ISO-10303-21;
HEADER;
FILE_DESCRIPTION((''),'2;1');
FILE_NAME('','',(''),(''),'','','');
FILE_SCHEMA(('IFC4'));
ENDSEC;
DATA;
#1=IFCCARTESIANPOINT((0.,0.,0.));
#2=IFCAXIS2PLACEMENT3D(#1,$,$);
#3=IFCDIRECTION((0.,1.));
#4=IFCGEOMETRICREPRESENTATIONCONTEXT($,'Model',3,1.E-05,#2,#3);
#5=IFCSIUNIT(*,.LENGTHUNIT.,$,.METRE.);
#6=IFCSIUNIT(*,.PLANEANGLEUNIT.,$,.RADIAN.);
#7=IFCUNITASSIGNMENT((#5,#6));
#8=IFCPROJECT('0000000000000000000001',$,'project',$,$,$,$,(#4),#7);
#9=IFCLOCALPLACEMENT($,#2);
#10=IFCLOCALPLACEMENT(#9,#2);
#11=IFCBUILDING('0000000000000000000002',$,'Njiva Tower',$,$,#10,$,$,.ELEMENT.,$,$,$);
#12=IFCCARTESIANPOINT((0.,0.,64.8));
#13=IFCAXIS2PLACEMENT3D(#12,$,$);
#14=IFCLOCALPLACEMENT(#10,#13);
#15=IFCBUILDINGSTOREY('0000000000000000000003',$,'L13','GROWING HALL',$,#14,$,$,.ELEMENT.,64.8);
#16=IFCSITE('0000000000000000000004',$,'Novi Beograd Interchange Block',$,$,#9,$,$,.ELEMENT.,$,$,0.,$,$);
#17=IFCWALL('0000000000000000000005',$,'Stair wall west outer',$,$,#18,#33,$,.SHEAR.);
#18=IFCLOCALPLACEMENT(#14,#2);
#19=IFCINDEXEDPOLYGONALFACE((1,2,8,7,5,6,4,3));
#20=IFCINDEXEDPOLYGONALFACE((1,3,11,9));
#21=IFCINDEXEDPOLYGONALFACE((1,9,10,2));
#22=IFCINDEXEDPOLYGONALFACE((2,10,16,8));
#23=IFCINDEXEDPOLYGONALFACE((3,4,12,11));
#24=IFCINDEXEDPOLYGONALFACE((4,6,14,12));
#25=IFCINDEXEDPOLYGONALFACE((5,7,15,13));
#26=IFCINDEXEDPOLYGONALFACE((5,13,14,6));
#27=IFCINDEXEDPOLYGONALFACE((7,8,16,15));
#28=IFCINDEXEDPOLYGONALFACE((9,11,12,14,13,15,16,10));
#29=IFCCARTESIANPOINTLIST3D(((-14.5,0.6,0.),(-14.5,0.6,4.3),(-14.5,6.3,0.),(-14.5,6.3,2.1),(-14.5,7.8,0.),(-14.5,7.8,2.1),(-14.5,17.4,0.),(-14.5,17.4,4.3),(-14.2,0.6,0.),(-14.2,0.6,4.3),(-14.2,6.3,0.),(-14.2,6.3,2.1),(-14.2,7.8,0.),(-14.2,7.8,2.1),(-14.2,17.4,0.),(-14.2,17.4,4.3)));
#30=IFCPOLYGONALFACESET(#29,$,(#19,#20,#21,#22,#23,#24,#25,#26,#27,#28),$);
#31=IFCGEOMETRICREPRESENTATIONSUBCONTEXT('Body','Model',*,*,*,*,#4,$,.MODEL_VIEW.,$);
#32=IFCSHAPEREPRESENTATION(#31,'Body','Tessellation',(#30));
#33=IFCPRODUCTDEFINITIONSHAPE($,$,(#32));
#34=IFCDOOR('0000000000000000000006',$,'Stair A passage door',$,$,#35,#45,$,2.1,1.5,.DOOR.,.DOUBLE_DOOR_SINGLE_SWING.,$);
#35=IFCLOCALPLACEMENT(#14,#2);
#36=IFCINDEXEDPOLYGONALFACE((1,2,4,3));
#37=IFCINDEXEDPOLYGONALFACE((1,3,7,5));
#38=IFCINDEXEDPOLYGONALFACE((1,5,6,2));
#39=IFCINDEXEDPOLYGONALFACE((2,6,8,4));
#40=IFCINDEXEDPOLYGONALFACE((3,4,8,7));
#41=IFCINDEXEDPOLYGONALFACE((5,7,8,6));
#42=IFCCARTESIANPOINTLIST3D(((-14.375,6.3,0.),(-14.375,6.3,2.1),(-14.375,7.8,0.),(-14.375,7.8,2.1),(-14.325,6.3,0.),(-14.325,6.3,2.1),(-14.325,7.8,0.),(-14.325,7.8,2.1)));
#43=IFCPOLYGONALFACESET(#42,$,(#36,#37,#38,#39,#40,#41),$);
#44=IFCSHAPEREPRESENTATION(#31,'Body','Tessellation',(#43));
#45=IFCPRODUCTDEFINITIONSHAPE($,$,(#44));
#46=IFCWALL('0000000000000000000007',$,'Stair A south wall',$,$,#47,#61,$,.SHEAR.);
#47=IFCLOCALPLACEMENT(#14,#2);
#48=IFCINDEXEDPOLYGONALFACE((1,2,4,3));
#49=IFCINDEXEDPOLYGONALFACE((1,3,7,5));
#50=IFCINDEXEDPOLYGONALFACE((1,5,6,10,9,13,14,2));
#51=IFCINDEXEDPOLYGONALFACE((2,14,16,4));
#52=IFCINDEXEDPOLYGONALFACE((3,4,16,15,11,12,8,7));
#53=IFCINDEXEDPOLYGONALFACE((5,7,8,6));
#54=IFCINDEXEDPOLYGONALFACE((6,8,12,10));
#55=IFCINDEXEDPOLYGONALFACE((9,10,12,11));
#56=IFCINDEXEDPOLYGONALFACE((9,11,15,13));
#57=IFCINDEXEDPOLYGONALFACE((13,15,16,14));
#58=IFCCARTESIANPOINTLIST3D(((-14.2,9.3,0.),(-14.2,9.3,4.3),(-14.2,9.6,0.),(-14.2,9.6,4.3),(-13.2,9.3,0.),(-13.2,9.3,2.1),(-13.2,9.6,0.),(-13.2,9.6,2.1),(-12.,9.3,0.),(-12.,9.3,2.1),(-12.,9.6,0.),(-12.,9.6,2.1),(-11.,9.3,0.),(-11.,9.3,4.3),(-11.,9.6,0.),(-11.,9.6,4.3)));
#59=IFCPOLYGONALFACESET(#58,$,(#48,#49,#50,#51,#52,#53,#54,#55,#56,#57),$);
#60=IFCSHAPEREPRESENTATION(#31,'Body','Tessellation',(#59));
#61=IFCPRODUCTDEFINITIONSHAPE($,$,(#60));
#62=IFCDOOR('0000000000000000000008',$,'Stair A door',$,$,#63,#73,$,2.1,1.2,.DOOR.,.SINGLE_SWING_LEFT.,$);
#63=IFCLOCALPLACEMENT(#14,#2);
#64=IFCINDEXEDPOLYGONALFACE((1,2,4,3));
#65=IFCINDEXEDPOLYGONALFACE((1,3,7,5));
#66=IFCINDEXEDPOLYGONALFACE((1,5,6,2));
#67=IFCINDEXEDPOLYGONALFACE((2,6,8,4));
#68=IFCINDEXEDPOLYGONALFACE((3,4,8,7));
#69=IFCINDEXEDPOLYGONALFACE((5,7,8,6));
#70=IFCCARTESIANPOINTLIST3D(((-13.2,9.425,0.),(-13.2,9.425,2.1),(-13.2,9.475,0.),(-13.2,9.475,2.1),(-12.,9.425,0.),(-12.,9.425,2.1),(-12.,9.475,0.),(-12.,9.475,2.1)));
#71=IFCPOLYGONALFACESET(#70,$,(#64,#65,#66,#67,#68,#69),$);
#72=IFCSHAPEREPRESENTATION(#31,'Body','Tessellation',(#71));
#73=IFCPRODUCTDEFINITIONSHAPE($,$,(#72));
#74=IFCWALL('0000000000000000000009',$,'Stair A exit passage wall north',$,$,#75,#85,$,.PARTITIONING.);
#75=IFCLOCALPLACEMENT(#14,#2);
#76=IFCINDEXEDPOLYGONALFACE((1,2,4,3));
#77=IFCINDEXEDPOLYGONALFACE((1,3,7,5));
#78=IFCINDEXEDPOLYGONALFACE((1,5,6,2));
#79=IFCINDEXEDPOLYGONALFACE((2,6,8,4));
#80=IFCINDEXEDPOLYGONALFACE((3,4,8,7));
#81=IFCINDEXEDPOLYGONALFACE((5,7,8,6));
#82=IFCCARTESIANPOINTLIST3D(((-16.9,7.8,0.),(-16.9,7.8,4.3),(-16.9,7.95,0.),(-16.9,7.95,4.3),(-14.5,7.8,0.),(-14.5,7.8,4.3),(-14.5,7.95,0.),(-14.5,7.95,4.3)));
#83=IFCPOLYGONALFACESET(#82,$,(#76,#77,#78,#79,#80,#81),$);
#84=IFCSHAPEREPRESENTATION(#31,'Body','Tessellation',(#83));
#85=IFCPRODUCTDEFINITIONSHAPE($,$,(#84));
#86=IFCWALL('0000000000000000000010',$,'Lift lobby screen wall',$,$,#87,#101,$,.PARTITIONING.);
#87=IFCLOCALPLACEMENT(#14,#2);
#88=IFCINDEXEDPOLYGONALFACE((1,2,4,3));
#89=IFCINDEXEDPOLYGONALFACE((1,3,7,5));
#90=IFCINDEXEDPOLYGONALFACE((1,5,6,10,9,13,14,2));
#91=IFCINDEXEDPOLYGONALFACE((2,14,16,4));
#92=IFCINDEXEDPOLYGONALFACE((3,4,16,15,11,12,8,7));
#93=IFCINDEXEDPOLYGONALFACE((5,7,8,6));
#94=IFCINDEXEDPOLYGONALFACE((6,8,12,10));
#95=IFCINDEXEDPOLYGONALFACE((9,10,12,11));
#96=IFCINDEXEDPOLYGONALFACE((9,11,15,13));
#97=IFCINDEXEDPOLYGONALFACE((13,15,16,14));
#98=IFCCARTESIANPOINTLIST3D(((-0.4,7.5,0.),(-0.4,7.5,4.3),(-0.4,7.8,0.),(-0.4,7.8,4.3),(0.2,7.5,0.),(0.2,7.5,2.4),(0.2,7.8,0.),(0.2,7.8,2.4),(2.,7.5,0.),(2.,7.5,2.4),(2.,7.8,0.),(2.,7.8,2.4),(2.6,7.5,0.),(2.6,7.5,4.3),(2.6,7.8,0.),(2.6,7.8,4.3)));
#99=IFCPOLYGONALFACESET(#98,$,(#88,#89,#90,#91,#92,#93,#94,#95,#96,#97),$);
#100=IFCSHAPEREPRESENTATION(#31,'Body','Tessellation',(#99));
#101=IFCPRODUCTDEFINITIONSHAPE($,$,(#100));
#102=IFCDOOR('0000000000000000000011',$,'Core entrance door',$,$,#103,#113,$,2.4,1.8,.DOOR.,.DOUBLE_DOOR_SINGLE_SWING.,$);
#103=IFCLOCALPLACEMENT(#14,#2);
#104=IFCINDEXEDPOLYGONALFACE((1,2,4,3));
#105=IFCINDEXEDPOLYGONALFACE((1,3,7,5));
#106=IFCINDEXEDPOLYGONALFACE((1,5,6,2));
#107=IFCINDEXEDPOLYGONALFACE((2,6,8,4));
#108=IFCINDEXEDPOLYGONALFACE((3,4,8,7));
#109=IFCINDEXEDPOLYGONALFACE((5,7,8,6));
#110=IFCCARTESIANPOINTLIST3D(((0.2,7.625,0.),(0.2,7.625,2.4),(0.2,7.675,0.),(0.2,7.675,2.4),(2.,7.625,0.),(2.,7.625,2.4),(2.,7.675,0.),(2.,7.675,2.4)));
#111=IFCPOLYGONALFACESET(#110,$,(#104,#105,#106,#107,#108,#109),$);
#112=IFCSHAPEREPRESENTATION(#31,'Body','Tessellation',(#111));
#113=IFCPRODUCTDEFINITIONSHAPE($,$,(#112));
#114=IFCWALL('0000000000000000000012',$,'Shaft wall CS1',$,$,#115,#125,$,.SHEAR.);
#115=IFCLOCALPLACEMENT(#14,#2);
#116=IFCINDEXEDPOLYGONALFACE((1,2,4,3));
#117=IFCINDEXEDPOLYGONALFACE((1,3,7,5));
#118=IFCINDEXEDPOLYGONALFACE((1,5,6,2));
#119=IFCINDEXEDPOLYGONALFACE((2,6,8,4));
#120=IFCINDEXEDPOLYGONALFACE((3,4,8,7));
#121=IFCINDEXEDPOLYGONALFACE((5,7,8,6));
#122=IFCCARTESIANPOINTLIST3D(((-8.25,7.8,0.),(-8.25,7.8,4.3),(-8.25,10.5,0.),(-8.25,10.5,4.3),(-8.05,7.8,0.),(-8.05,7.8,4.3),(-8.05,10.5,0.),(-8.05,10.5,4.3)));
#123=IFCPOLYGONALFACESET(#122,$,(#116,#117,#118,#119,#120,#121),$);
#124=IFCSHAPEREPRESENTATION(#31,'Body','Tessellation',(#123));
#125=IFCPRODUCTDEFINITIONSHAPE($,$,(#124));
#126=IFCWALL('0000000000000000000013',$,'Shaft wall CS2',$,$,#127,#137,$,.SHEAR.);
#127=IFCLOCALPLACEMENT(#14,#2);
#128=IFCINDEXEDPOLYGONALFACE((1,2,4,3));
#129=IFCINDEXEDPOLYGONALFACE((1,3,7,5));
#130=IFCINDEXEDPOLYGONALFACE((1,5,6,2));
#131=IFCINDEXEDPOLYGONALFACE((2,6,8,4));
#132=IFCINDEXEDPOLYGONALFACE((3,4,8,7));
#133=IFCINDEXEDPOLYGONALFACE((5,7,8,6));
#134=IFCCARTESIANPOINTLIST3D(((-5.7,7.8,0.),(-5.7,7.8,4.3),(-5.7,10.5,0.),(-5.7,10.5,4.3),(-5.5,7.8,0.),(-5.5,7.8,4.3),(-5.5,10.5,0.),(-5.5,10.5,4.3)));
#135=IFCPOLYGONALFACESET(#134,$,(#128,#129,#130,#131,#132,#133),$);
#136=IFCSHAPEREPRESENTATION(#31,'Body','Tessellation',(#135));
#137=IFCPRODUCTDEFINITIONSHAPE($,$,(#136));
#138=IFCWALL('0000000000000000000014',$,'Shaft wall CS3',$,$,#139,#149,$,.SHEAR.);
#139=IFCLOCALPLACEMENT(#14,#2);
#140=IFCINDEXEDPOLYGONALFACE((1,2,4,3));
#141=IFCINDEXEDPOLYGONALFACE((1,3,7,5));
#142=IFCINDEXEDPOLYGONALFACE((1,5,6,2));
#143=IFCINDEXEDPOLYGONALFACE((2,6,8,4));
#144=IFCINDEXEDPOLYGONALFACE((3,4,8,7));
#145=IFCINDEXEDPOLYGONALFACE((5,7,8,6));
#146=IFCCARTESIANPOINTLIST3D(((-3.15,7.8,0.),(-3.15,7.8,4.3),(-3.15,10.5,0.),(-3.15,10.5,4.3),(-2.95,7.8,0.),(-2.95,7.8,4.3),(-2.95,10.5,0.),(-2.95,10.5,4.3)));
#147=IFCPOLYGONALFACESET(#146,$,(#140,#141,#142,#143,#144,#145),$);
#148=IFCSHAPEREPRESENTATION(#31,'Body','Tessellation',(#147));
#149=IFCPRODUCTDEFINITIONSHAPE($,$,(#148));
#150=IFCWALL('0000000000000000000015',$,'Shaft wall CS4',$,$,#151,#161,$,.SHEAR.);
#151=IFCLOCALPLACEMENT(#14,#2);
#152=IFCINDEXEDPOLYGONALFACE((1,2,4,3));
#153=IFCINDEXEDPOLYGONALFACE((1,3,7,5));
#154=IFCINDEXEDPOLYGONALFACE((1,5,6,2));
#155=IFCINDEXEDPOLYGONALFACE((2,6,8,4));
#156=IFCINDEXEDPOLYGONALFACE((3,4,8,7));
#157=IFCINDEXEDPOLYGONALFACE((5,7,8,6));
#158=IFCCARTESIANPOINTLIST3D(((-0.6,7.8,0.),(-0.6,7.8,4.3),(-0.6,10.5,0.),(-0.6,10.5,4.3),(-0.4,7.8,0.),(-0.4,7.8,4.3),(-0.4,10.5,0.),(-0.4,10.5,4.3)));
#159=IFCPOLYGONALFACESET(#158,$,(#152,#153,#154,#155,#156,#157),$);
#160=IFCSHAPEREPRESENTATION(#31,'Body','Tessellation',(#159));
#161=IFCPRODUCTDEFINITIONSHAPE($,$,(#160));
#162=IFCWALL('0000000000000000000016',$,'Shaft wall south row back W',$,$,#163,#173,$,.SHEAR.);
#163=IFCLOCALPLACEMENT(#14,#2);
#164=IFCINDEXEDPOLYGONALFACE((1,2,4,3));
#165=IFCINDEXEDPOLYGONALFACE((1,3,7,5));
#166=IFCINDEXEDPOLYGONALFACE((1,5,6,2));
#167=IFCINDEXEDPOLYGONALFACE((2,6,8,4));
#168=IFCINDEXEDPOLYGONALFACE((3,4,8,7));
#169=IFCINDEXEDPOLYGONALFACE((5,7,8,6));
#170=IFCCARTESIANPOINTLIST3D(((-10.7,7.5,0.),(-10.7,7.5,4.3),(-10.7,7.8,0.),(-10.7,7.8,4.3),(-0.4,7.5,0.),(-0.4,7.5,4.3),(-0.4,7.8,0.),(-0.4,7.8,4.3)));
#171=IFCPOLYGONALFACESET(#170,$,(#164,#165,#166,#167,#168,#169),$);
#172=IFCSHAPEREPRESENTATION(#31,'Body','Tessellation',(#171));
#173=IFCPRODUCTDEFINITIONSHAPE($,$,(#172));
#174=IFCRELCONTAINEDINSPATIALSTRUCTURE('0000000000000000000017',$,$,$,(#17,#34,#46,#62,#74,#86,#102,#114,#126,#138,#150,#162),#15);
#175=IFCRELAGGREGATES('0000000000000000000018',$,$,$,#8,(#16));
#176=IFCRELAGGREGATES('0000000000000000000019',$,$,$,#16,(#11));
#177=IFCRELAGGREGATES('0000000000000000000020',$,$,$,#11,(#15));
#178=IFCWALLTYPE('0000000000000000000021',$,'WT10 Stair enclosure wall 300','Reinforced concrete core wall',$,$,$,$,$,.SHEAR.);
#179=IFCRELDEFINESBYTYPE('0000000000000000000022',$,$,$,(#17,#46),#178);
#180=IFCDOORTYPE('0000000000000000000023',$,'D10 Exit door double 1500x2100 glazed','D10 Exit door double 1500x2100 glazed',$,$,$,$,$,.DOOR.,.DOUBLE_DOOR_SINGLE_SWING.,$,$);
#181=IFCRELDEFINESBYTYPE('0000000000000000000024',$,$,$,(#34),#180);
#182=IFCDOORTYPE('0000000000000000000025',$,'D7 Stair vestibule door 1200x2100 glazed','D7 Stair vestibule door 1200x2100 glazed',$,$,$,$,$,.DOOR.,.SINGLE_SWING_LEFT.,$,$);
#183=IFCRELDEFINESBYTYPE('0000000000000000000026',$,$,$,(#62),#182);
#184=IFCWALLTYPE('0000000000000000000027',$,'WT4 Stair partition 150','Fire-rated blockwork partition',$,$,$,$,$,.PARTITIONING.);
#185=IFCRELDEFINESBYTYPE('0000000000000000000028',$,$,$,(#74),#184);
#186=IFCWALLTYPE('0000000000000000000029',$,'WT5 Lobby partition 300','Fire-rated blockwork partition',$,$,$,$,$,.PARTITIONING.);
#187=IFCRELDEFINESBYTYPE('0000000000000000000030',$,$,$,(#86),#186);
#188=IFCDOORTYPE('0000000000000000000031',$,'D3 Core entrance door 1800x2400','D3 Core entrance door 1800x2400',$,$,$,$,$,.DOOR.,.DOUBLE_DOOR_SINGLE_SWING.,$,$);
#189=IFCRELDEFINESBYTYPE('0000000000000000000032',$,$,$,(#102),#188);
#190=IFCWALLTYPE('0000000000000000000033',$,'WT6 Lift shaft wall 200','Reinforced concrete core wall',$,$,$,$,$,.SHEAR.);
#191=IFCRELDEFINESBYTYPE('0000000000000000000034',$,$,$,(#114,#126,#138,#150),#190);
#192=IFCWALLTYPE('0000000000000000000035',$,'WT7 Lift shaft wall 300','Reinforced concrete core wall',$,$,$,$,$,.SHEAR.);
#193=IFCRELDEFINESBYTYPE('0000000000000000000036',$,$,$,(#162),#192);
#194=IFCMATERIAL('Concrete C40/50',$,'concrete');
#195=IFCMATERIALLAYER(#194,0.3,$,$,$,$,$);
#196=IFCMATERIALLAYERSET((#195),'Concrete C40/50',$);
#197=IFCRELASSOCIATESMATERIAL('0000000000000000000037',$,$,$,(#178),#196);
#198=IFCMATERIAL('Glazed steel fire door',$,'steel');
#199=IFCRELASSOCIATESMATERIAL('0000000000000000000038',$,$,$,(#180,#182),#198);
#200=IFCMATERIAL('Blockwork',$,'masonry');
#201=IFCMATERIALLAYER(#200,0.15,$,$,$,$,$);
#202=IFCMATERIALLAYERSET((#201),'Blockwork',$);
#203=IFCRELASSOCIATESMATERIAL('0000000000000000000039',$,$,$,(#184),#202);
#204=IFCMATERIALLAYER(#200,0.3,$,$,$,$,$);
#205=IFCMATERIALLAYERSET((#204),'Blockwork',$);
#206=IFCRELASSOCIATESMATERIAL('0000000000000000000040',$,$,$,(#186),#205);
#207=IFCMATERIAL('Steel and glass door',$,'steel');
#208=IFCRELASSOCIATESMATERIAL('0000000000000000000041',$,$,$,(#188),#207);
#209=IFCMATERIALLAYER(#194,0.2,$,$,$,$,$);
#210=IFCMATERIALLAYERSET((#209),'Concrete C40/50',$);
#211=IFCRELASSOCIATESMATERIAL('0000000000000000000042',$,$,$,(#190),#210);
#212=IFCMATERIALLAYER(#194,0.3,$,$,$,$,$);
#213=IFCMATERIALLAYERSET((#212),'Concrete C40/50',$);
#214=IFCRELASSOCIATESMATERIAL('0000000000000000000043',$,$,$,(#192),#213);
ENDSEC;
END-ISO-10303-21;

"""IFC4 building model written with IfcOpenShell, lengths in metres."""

from ifc_helpers import new_model, si_unit, direction, frame, frame_2d, origin, place, context, subcontext, project, spatial, rectangle, extrude, material, layer, layer_set, type_object, element, fill, save


model = new_model("IFC4")

# Units and contexts
model_context = context("Model", 3, precision=1e-05, world=origin(), true_north=direction((0.0, 1.0)))
body_context = subcontext(model_context, "Body", "Model", "MODEL_VIEW")
ifc_project = project(units=[si_unit("LENGTHUNIT", "METRE"), si_unit("PLANEANGLEUNIT", "RADIAN")], contexts=[model_context])

# Site, building, storey
site_placement = place(None, origin())
site = spatial("IfcSite", under=ifc_project, at=site_placement, Name="Novi Beograd Interchange Block", CompositionType="ELEMENT", RefElevation=0.0)
building_placement = place(site_placement, origin())
building = spatial("IfcBuilding", under=site, at=building_placement, Name="Njiva Tower", CompositionType="ELEMENT")
storey_placement = place(building_placement, frame((0.0, 0.0, 64.8)))
storey = spatial("IfcBuildingStorey", under=building, at=storey_placement, Name="L13", Description="GROWING HALL", CompositionType="ELEMENT", Elevation=64.8)

# Shared definitions
ifc_material_1 = material(Name="Blockwork", Category="masonry")

# Shared definitions
ifc_material_2 = material(Name="Concrete C40/50", Category="concrete")
ifc_layer_1 = layer(ifc_material_2, 0.3)
ifc_layer_set_1 = layer_set([ifc_layer_1], Name="Concrete C40/50")
wall_type_1 = type_object("IfcWallType", Name="WT10 Stair enclosure wall 300", Description="Reinforced concrete core wall", PredefinedType="SHEAR", material=ifc_layer_set_1)
ifc_material_3 = material(Name="Glazed steel fire door", Category="steel")

# Walls, openings, doors
wall_1_placement = place(storey_placement, frame((-14.35, 0.6, 0.0), z_axis=(0.0, 0.0, 1.0), x_axis=(0.0, 1.0, 0.0)))
wall_1 = element("IfcWall", 1, at=wall_1_placement, inside=storey, type_object=wall_type_1, Name="Stair wall west outer", PredefinedType="SHEAR", context=body_context, shape_type="SweptSolid", body=[
    extrude(rectangle(XDim=16.8, YDim=0.3, at=frame_2d((8.4, 0.0))), origin(), (0.0, 0.0, 1.0), 4.3),
])
opening_1_placement = place(wall_1_placement, frame((5.7, 0.0, 0.0)))
opening_1 = element("IfcOpeningElement", 2, at=opening_1_placement, cuts=wall_1, PredefinedType="OPENING", context=body_context, shape_type="SweptSolid", body=[
    extrude(rectangle(XDim=1.5, YDim=2.1, at=frame_2d((0.75, 1.05))), frame((0.0, 0.16, 0.0), z_axis=(0.0, -1.0, 0.0), x_axis=(1.0, 0.0, 0.0)), (0.0, 0.0, 1.0), 0.32),
])
door_type_1 = type_object("IfcDoorType", Name="D10 Exit door double 1500x2100 glazed", Description="D10 Exit door double 1500x2100 glazed", OperationType="DOUBLE_DOOR_SINGLE_SWING", PredefinedType="DOOR", material=ifc_material_3)
door_1_placement = place(opening_1_placement, origin())
door_1 = element("IfcDoor", 3, at=door_1_placement, inside=storey, type_object=door_type_1, Name="Stair A passage door", OperationType="DOUBLE_DOOR_SINGLE_SWING", OverallHeight=2.1, OverallWidth=1.5, PredefinedType="DOOR", context=body_context, shape_type="SweptSolid", body=[
    extrude(rectangle(XDim=1.5, YDim=2.1, at=frame_2d((0.75, 1.05))), frame((0.0, 0.025, 0.0), z_axis=(0.0, -1.0, 0.0), x_axis=(1.0, 0.0, 0.0)), (0.0, 0.0, 1.0), 0.05),
])
fill(opening_1, door_1)
wall_2_placement = place(storey_placement, frame((-14.2, 9.45, 0.0), z_axis=(0.0, 0.0, 1.0), x_axis=(1.0, 0.0, 0.0)))
wall_2 = element("IfcWall", 4, at=wall_2_placement, inside=storey, type_object=wall_type_1, Name="Stair A south wall", PredefinedType="SHEAR", context=body_context, shape_type="SweptSolid", body=[
    extrude(rectangle(XDim=3.2, YDim=0.3, at=frame_2d((1.6, 0.0))), origin(), (0.0, 0.0, 1.0), 4.3),
])
opening_2_placement = place(wall_2_placement, frame((1.0, 0.0, 0.0)))
opening_2 = element("IfcOpeningElement", 5, at=opening_2_placement, cuts=wall_2, PredefinedType="OPENING", context=body_context, shape_type="SweptSolid", body=[
    extrude(rectangle(XDim=1.2, YDim=2.1, at=frame_2d((0.6, 1.05))), frame((0.0, 0.16, 0.0), z_axis=(0.0, -1.0, 0.0), x_axis=(1.0, 0.0, 0.0)), (0.0, 0.0, 1.0), 0.32),
])
door_type_2 = type_object("IfcDoorType", Name="D7 Stair vestibule door 1200x2100 glazed", Description="D7 Stair vestibule door 1200x2100 glazed", OperationType="SINGLE_SWING_LEFT", PredefinedType="DOOR", material=ifc_material_3)
door_2_placement = place(opening_2_placement, origin())
door_2 = element("IfcDoor", 6, at=door_2_placement, inside=storey, type_object=door_type_2, Name="Stair A door", OperationType="SINGLE_SWING_LEFT", OverallHeight=2.1, OverallWidth=1.2, PredefinedType="DOOR", context=body_context, shape_type="SweptSolid", body=[
    extrude(rectangle(XDim=1.2, YDim=2.1, at=frame_2d((0.6, 1.05))), frame((0.0, 0.025, 0.0), z_axis=(0.0, -1.0, 0.0), x_axis=(1.0, 0.0, 0.0)), (0.0, 0.0, 1.0), 0.05),
])
fill(opening_2, door_2)

# Wall
ifc_layer_2 = layer(ifc_material_1, 0.15)
ifc_layer_set_2 = layer_set([ifc_layer_2], Name="Blockwork")
wall_type_2 = type_object("IfcWallType", Name="WT4 Stair partition 150", Description="Fire-rated blockwork partition", PredefinedType="PARTITIONING", material=ifc_layer_set_2)
wall_3_placement = place(storey_placement, frame((-16.9, 7.875, 0.0), z_axis=(0.0, 0.0, 1.0), x_axis=(1.0, 0.0, 0.0)))
element("IfcWall", 7, at=wall_3_placement, inside=storey, type_object=wall_type_2, Name="Stair A exit passage wall north", PredefinedType="PARTITIONING", context=body_context, shape_type="SweptSolid", body=[
    extrude(rectangle(XDim=2.4, YDim=0.15, at=frame_2d((1.2, 0.0))), origin(), (0.0, 0.0, 1.0), 4.3),
])

# Wall, opening, door
ifc_layer_3 = layer(ifc_material_1, 0.3)
ifc_layer_set_3 = layer_set([ifc_layer_3], Name="Blockwork")
wall_type_3 = type_object("IfcWallType", Name="WT5 Lobby partition 300", Description="Fire-rated blockwork partition", PredefinedType="PARTITIONING", material=ifc_layer_set_3)
wall_4_placement = place(storey_placement, frame((-0.4, 7.65, 0.0), z_axis=(0.0, 0.0, 1.0), x_axis=(1.0, 0.0, 0.0)))
wall_4 = element("IfcWall", 8, at=wall_4_placement, inside=storey, type_object=wall_type_3, Name="Lift lobby screen wall", PredefinedType="PARTITIONING", context=body_context, shape_type="SweptSolid", body=[
    extrude(rectangle(XDim=3.0, YDim=0.3, at=frame_2d((1.5, 0.0))), origin(), (0.0, 0.0, 1.0), 4.3),
])
opening_3_placement = place(wall_4_placement, frame((0.6, 0.0, 0.0)))
opening_3 = element("IfcOpeningElement", 9, at=opening_3_placement, cuts=wall_4, PredefinedType="OPENING", context=body_context, shape_type="SweptSolid", body=[
    extrude(rectangle(XDim=1.8, YDim=2.4, at=frame_2d((0.9, 1.2))), frame((0.0, 0.16, 0.0), z_axis=(0.0, -1.0, 0.0), x_axis=(1.0, 0.0, 0.0)), (0.0, 0.0, 1.0), 0.32),
])
ifc_material_4 = material(Name="Steel and glass door", Category="steel")
door_type_3 = type_object("IfcDoorType", Name="D3 Core entrance door 1800x2400", Description="D3 Core entrance door 1800x2400", OperationType="DOUBLE_DOOR_SINGLE_SWING", PredefinedType="DOOR", material=ifc_material_4)
door_3_placement = place(opening_3_placement, origin())
door_3 = element("IfcDoor", 10, at=door_3_placement, inside=storey, type_object=door_type_3, Name="Core entrance door", OperationType="DOUBLE_DOOR_SINGLE_SWING", OverallHeight=2.4, OverallWidth=1.8, PredefinedType="DOOR", context=body_context, shape_type="SweptSolid", body=[
    extrude(rectangle(XDim=1.8, YDim=2.4, at=frame_2d((0.9, 1.2))), frame((0.0, 0.025, 0.0), z_axis=(0.0, -1.0, 0.0), x_axis=(1.0, 0.0, 0.0)), (0.0, 0.0, 1.0), 0.05),
])
fill(opening_3, door_3)

# Walls
ifc_layer_4 = layer(ifc_material_2, 0.2)
ifc_layer_set_4 = layer_set([ifc_layer_4], Name="Concrete C40/50")
wall_type_4 = type_object("IfcWallType", Name="WT6 Lift shaft wall 200", Description="Reinforced concrete core wall", PredefinedType="SHEAR", material=ifc_layer_set_4)
for number, where, z_axis, x_axis, name in (
    (11, (-8.15, 7.8, 0.0), (0.0, 0.0, 1.0), (0.0, 1.0, 0.0), "Shaft wall CS1"),
    (12, (-5.6, 7.8, 0.0), (0.0, 0.0, 1.0), (0.0, 1.0, 0.0), "Shaft wall CS2"),
    (13, (-3.05, 7.8, 0.0), (0.0, 0.0, 1.0), (0.0, 1.0, 0.0), "Shaft wall CS3"),
    (14, (-0.5, 7.8, 0.0), (0.0, 0.0, 1.0), (0.0, 1.0, 0.0), "Shaft wall CS4"),
):
    element("IfcWall", number, at=place(storey_placement, frame(where, z_axis=z_axis, x_axis=x_axis)), inside=storey, type_object=wall_type_4, Name=name, PredefinedType="SHEAR", context=body_context, shape_type="SweptSolid", body=[
        extrude(rectangle(XDim=2.7, YDim=0.2, at=frame_2d((1.35, 0.0))), origin(), (0.0, 0.0, 1.0), 4.3),
    ])
ifc_layer_5 = layer(ifc_material_2, 0.3)
ifc_layer_set_5 = layer_set([ifc_layer_5], Name="Concrete C40/50")
wall_type_5 = type_object("IfcWallType", Name="WT7 Lift shaft wall 300", Description="Reinforced concrete core wall", PredefinedType="SHEAR", material=ifc_layer_set_5)
wall_5_placement = place(storey_placement, frame((-10.7, 7.65, 0.0), z_axis=(0.0, 0.0, 1.0), x_axis=(1.0, 0.0, 0.0)))
element("IfcWall", 15, at=wall_5_placement, inside=storey, type_object=wall_type_5, Name="Shaft wall south row back W", PredefinedType="SHEAR", context=body_context, shape_type="SweptSolid", body=[
    extrude(rectangle(XDim=10.3, YDim=0.3, at=frame_2d((5.15, 0.0))), origin(), (0.0, 0.0, 1.0), 4.3),
])

save(model, "model.ifc")
